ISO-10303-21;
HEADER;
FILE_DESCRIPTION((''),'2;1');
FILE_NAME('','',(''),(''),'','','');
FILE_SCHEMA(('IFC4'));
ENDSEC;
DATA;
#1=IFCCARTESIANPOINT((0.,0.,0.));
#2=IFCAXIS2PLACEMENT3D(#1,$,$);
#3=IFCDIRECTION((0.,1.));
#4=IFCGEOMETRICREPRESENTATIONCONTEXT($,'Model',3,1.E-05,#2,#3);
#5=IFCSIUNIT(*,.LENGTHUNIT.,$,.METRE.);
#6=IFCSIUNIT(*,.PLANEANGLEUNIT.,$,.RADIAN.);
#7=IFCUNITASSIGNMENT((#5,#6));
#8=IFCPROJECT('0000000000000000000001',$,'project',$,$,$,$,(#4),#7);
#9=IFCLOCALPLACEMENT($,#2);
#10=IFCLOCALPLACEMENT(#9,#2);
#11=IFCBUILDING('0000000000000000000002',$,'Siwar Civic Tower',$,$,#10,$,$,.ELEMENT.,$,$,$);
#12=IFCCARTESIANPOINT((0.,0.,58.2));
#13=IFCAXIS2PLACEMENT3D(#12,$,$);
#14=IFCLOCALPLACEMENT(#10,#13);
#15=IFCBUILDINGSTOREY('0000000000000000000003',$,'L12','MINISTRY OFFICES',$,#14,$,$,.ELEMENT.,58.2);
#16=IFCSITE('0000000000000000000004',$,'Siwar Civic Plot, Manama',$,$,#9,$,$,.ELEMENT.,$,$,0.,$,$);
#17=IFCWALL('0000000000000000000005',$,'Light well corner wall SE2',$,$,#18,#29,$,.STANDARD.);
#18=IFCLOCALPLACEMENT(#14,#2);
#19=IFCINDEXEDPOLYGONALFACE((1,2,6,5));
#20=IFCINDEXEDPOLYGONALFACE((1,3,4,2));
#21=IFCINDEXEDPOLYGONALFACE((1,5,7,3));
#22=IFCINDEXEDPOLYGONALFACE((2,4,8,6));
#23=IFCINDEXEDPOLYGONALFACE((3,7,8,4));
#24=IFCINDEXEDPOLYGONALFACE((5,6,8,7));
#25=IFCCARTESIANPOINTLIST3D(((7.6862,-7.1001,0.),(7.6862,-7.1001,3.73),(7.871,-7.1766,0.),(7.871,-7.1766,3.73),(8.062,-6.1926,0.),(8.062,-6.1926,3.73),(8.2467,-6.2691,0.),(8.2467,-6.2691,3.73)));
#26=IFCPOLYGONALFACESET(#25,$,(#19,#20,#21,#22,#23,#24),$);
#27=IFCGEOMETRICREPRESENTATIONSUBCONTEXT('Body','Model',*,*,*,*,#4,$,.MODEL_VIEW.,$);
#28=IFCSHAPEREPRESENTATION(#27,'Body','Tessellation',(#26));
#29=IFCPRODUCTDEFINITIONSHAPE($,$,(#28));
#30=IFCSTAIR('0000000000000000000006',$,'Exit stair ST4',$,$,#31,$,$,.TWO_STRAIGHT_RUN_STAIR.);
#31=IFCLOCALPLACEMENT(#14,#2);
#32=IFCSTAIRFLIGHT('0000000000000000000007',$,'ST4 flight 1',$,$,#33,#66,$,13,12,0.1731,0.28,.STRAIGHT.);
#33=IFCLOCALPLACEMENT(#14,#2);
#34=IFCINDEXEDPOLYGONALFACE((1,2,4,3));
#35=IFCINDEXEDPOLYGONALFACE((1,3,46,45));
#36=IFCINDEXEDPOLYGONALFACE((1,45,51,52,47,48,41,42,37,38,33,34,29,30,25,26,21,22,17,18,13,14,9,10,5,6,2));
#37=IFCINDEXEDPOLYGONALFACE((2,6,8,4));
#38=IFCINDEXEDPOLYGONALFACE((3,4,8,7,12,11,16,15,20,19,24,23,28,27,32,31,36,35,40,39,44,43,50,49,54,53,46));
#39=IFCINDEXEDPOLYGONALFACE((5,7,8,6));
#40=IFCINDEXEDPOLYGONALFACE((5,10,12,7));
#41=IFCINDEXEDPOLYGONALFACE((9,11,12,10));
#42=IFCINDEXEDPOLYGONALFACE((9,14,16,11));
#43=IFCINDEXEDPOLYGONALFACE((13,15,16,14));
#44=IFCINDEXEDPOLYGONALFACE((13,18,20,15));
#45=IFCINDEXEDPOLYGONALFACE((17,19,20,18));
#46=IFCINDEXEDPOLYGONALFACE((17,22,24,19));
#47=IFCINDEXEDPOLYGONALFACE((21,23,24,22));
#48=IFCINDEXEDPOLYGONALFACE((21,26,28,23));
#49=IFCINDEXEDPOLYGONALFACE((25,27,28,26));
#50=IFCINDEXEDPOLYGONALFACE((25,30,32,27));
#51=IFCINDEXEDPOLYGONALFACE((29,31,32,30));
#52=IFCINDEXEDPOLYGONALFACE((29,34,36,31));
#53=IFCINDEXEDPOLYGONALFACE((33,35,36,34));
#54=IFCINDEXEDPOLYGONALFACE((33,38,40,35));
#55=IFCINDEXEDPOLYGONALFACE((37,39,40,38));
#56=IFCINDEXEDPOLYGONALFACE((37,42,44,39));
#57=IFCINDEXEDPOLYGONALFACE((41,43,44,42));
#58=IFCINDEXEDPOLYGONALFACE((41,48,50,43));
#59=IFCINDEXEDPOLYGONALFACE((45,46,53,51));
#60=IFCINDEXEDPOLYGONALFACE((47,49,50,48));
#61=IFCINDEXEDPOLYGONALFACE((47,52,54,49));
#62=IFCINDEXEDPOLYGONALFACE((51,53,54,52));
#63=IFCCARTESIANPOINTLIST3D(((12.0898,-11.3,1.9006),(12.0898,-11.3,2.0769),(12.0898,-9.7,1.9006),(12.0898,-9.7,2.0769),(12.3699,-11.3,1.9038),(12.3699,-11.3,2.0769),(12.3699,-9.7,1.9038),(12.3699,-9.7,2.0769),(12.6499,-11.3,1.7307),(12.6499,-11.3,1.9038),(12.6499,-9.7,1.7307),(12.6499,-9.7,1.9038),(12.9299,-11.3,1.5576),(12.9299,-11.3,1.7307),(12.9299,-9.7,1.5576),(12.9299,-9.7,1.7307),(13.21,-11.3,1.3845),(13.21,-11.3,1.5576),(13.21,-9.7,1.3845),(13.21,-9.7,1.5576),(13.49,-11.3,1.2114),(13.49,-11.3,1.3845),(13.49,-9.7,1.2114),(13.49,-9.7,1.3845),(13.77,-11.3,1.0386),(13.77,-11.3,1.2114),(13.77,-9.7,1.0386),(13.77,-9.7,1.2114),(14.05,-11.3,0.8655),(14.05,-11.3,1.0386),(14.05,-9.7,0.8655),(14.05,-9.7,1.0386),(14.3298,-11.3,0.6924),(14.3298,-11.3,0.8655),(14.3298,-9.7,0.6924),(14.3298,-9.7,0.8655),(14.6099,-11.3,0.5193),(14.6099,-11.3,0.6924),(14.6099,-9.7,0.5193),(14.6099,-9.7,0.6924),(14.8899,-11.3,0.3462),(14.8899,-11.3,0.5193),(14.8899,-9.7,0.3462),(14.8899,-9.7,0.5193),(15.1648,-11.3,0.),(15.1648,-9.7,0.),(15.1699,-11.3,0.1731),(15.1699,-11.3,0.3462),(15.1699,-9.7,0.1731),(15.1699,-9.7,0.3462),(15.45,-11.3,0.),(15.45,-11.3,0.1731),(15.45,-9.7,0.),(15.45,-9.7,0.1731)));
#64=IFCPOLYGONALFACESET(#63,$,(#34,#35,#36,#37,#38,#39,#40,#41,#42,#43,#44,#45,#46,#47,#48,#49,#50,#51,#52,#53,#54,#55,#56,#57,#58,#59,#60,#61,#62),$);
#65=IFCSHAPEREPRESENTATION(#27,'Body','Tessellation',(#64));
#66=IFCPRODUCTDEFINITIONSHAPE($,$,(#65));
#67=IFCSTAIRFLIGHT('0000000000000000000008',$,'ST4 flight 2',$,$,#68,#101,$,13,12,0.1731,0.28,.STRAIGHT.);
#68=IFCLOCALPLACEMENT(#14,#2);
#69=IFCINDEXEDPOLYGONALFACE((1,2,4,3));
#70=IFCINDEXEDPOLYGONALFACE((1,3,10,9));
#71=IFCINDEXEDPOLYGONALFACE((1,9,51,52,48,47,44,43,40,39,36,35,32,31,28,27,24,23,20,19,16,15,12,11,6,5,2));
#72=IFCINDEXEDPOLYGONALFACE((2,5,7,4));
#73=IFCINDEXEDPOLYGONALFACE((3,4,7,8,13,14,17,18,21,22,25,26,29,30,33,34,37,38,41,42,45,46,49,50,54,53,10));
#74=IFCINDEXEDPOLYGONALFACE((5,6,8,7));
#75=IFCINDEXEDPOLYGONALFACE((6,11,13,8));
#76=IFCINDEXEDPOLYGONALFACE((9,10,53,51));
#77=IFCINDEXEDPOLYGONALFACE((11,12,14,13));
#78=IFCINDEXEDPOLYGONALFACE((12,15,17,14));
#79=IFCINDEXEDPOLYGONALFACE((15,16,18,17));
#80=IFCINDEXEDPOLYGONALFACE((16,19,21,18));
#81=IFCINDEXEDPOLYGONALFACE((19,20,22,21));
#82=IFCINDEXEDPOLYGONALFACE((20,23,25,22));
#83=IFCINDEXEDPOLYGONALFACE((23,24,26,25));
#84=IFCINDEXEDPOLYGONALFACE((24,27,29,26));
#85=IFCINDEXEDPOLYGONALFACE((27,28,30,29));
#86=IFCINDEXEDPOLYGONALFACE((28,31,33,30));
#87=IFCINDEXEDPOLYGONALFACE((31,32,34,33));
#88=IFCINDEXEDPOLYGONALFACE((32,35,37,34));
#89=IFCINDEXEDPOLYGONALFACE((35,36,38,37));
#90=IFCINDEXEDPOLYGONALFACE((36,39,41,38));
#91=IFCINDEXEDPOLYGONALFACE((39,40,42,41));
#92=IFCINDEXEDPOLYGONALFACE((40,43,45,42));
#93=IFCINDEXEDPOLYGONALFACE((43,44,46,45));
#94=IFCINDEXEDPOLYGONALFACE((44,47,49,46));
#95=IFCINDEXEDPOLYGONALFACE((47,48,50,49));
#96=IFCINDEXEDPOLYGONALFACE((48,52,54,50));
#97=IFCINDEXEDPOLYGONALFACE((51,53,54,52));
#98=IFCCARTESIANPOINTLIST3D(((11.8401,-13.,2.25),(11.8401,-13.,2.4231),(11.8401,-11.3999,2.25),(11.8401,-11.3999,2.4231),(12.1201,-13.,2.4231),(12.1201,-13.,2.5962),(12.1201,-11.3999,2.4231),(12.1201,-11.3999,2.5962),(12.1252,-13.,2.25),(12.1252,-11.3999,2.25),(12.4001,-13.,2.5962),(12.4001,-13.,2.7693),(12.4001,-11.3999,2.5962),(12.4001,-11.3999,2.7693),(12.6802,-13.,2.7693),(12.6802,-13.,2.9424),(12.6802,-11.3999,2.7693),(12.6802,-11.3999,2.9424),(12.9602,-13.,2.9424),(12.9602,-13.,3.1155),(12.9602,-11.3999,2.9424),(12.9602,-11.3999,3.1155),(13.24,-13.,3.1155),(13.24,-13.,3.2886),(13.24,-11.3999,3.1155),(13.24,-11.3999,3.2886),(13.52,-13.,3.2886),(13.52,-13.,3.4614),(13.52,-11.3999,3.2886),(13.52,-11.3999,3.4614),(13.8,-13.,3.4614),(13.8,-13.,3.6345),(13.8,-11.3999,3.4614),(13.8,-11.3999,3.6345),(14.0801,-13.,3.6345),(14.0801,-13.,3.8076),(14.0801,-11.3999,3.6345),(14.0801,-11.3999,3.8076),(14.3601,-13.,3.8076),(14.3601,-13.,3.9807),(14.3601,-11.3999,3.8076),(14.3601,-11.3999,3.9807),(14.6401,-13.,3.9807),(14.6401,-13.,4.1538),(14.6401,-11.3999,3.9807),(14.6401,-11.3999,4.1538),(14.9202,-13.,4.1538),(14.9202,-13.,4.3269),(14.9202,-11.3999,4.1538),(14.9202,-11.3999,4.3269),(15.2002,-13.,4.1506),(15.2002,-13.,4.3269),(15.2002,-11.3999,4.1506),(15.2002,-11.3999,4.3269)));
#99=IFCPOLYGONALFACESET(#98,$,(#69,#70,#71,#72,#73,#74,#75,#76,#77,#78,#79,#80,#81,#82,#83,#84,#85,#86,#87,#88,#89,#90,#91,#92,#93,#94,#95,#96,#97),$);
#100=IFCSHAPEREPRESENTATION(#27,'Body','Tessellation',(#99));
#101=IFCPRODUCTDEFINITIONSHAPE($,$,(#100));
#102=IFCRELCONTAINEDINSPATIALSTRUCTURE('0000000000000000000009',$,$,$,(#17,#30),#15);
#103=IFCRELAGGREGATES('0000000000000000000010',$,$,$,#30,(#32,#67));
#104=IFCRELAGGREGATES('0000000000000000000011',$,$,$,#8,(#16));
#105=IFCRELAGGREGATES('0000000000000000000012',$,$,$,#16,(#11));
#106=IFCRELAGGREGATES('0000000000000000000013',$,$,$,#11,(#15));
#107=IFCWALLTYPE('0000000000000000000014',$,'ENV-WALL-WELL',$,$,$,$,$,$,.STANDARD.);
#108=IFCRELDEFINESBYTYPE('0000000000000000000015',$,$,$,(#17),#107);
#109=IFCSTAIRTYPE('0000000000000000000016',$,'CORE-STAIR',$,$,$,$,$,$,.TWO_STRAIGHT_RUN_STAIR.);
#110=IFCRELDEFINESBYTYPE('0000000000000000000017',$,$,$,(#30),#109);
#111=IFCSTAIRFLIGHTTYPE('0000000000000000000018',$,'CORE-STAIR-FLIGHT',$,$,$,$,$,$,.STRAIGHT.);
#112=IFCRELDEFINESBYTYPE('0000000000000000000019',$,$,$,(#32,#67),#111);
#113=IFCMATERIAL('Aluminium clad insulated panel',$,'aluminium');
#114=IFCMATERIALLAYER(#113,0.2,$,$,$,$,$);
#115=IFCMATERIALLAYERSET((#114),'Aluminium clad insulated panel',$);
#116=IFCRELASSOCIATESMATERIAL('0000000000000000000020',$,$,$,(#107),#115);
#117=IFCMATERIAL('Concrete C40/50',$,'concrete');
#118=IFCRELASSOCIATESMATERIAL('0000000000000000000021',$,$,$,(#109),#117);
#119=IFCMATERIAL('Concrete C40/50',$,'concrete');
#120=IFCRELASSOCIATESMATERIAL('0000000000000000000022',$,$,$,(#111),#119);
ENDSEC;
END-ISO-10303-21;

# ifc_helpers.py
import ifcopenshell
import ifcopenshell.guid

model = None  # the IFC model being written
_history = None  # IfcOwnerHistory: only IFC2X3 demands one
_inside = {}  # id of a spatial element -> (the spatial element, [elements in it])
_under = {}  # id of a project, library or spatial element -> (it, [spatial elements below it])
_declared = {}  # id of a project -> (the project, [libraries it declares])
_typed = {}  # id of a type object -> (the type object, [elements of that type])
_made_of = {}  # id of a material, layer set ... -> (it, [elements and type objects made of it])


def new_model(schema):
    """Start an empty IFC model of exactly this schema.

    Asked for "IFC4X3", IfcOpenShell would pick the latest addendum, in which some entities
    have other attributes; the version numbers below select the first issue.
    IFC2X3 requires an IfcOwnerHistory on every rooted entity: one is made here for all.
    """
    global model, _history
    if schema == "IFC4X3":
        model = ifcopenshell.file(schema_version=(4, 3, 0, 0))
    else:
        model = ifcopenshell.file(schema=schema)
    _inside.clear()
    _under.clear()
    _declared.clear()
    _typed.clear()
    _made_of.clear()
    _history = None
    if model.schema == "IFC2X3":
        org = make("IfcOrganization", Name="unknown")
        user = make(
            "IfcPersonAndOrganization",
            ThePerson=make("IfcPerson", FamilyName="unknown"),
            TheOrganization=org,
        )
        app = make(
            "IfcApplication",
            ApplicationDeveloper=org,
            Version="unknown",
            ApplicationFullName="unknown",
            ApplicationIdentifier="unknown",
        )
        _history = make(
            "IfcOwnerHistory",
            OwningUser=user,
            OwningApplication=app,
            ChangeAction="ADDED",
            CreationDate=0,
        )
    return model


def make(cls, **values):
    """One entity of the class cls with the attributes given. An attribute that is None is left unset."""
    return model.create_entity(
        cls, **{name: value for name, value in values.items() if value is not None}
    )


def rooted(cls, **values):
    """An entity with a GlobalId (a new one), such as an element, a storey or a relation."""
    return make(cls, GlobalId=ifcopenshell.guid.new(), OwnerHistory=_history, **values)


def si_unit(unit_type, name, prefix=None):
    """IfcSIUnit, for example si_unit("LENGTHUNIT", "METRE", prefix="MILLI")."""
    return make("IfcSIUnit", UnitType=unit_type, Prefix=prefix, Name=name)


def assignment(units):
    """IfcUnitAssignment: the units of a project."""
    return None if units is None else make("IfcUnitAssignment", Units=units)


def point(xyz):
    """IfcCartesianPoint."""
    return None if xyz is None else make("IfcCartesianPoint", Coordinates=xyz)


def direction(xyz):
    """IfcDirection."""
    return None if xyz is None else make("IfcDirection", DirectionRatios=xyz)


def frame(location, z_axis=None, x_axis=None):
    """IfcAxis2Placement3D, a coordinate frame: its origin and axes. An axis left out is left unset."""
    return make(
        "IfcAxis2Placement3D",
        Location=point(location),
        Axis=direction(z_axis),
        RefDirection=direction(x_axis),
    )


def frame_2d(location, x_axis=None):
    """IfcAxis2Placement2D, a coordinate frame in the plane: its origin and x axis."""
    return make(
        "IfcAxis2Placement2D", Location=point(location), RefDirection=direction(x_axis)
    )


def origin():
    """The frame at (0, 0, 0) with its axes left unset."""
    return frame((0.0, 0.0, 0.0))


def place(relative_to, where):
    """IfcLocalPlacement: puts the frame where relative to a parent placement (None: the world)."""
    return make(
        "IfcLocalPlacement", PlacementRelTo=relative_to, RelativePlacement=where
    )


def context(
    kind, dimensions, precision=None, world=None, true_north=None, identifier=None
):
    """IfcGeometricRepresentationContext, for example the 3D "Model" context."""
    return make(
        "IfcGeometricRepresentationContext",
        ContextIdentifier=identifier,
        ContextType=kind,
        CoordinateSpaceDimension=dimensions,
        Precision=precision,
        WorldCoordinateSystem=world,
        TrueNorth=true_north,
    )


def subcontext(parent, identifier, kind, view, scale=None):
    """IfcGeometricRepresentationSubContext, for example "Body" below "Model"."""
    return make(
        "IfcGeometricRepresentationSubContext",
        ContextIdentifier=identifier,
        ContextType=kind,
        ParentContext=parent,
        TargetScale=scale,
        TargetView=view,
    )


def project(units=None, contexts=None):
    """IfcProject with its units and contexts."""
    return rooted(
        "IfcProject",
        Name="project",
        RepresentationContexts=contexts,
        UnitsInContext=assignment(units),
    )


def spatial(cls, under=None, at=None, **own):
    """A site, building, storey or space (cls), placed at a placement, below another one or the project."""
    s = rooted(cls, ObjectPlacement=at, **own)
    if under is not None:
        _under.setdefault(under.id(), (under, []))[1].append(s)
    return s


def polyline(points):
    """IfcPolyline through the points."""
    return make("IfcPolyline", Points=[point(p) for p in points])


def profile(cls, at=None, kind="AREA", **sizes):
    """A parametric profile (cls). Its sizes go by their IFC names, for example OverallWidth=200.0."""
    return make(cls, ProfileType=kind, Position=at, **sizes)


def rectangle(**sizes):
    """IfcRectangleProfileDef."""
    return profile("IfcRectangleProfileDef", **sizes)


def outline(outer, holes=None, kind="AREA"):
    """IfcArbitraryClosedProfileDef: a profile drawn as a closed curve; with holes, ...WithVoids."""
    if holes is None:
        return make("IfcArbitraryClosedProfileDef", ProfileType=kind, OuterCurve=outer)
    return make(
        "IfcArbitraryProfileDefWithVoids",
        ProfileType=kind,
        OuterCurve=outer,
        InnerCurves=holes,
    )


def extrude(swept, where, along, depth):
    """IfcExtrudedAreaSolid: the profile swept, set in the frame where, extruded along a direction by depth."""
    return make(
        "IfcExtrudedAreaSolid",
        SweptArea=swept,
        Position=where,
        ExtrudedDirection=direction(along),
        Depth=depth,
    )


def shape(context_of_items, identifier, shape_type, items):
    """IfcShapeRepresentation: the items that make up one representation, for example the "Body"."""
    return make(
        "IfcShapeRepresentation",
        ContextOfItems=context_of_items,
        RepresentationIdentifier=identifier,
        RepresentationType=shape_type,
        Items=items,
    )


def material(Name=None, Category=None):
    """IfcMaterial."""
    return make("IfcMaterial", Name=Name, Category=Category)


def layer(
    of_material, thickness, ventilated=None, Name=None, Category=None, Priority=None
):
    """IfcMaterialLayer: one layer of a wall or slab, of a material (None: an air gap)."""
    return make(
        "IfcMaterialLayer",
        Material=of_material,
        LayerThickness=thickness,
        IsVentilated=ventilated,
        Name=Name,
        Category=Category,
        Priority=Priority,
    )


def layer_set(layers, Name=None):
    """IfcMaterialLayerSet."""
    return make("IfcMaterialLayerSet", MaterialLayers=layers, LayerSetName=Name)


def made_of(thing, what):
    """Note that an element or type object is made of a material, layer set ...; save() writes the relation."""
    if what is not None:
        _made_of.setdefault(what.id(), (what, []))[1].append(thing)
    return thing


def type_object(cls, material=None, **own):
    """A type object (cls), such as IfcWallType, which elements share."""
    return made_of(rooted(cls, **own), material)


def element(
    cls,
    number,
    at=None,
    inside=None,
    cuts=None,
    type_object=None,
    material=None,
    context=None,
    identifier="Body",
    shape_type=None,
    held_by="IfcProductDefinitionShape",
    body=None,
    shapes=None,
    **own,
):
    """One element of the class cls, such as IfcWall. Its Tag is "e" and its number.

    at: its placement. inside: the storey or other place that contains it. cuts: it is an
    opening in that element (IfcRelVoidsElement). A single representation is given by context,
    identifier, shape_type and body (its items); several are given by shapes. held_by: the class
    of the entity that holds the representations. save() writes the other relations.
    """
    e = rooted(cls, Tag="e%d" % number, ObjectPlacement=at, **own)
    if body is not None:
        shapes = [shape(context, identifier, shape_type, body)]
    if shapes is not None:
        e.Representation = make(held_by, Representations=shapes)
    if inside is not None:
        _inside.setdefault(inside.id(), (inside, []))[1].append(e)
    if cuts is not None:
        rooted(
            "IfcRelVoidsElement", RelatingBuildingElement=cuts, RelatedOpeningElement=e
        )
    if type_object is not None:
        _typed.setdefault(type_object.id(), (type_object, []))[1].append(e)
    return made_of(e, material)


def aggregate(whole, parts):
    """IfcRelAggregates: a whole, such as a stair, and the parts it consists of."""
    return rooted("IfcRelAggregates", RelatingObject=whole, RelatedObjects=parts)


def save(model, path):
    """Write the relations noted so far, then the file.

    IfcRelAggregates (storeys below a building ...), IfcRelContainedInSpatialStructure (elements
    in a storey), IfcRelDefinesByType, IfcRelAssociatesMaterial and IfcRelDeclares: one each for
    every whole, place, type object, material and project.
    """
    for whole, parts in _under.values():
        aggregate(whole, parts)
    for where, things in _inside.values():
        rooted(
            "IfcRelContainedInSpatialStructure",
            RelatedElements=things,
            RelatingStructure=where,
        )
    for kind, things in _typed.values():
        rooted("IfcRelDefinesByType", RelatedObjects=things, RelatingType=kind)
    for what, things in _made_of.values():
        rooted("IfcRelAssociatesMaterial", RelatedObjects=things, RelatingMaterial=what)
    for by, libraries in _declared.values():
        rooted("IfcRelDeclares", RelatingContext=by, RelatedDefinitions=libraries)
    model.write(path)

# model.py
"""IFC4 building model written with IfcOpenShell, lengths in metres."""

from ifc_helpers import new_model, si_unit, direction, frame, frame_2d, origin, place, context, subcontext, project, spatial, polyline, rectangle, outline, extrude, material, layer, layer_set, type_object, element, aggregate, save


model = new_model("IFC4")

# Units and contexts
model_context = context("Model", 3, precision=1e-05, world=origin(), true_north=direction((0.0, 1.0)))
body_context = subcontext(model_context, "Body", "Model", "MODEL_VIEW")
ifc_project = project(units=[si_unit("LENGTHUNIT", "METRE"), si_unit("PLANEANGLEUNIT", "RADIAN")], contexts=[model_context])

# Site, building, storey
site_placement = place(None, origin())
site = spatial("IfcSite", under=ifc_project, at=site_placement, Name="Siwar Civic Plot, Manama", CompositionType="ELEMENT", RefElevation=0.0)
building_placement = place(site_placement, origin())
building = spatial("IfcBuilding", under=site, at=building_placement, Name="Siwar Civic Tower", CompositionType="ELEMENT")
storey_placement = place(building_placement, frame((0.0, 0.0, 58.2)))
storey = spatial("IfcBuildingStorey", under=building, at=storey_placement, Name="L12", Description="MINISTRY OFFICES", CompositionType="ELEMENT", Elevation=58.2)

# Wall
ifc_material_1 = material(Name="Aluminium clad insulated panel", Category="aluminium")
ifc_layer_1 = layer(ifc_material_1, 0.2)
ifc_layer_set_1 = layer_set([ifc_layer_1], Name="Aluminium clad insulated panel")
wall_type_1 = type_object("IfcWallType", Name="ENV-WALL-WELL", PredefinedType="STANDARD", material=ifc_layer_set_1)
wall_1_placement = place(storey_placement, frame((7.7786, -7.1384, 0.0), z_axis=(0.0, 0.0, 1.0), x_axis=(0.382549, 0.923935, 0.0)))
element("IfcWall", 1, at=wall_1_placement, inside=storey, type_object=wall_type_1, Name="Light well corner wall SE2", PredefinedType="STANDARD", context=body_context, shape_type="SweptSolid", body=[
    extrude(rectangle(XDim=0.9822, YDim=0.2, at=frame_2d((0.4912, 0.0))), origin(), (0.0, 0.0, 1.0), 3.73),
])

# Stair, stair flights
ifc_material_2 = material(Name="Concrete C40/50", Category="concrete")
stair_type = type_object("IfcStairType", Name="CORE-STAIR", PredefinedType="TWO_STRAIGHT_RUN_STAIR", material=ifc_material_2)
stair_placement = place(storey_placement, origin())
stair = element("IfcStair", 2, at=stair_placement, inside=storey, type_object=stair_type, Name="Exit stair ST4", PredefinedType="TWO_STRAIGHT_RUN_STAIR")
ifc_material_3 = material(Name="Concrete C40/50", Category="concrete")
stair_flight_type = type_object("IfcStairFlightType", Name="CORE-STAIR-FLIGHT", PredefinedType="STRAIGHT", material=ifc_material_3)
stair_flight_1_placement = place(storey_placement, frame((15.45, -10.5, 0.0), z_axis=(0.0, 0.0, 1.0), x_axis=(-1.0, 0.0, 0.0)))
stair_flight_1 = element("IfcStairFlight", 3, at=stair_flight_1_placement, type_object=stair_flight_type, Name="ST4 flight 1", NumberOfRisers=13, NumberOfTreads=12, PredefinedType="STRAIGHT", RiserHeight=0.1731, TreadLength=0.28, context=body_context, shape_type="SweptSolid", body=[
    extrude(outline(polyline([(0.0, 0.0), (0.0, 0.1731), (0.28, 0.1731), (0.28, 0.3462), (0.5601, 0.3462), (0.5601, 0.5193), (0.8401, 0.5193), (0.8401, 0.6924), (1.1201, 0.6924), (1.1201, 0.8655), (1.3999, 0.8655), (1.3999, 1.0386), (1.6799, 1.0386), (1.6799, 1.2114), (1.96, 1.2114), (1.96, 1.3845), (2.24, 1.3845), (2.24, 1.5576), (2.52, 1.5576), (2.52, 1.7307), (2.8, 1.7307), (2.8, 1.9038), (3.0801, 1.9038), (3.0801, 2.0769), (3.3601, 2.0769), (3.3601, 2.25), (3.3601, 1.9006), (0.2852, 0.0), (0.0, 0.0)])), frame((0.0, 0.8, 0.0), z_axis=(0.0, -1.0, 0.0), x_axis=(1.0, 0.0, 0.0)), (0.0, 0.0, 1.0), 1.6001),
])
stair_flight_2_placement = place(storey_placement, frame((11.8401, -12.2, 2.25), z_axis=(0.0, 0.0, 1.0), x_axis=(1.0, 0.0, 0.0)))
stair_flight_2 = element("IfcStairFlight", 4, at=stair_flight_2_placement, type_object=stair_flight_type, Name="ST4 flight 2", NumberOfRisers=13, NumberOfTreads=12, PredefinedType="STRAIGHT", RiserHeight=0.1731, TreadLength=0.28, context=body_context, shape_type="SweptSolid", body=[
    extrude(outline(polyline([(0.0, 0.0), (0.0, 0.1731), (0.28, 0.1731), (0.28, 0.3462), (0.5601, 0.3462), (0.5601, 0.5193), (0.8401, 0.5193), (0.8401, 0.6924), (1.1201, 0.6924), (1.1201, 0.8655), (1.3999, 0.8655), (1.3999, 1.0386), (1.6799, 1.0386), (1.6799, 1.2114), (1.96, 1.2114), (1.96, 1.3845), (2.24, 1.3845), (2.24, 1.5576), (2.52, 1.5576), (2.52, 1.7307), (2.8, 1.7307), (2.8, 1.9038), (3.0801, 1.9038), (3.0801, 2.0769), (3.3601, 2.0769), (3.3601, 2.25), (3.3601, 1.9006), (0.2852, 0.0), (0.0, 0.0)])), frame((0.0, 0.8, 0.0), z_axis=(0.0, -1.0, 0.0), x_axis=(1.0, 0.0, 0.0)), (0.0, 0.0, 1.0), 1.6001),
])
aggregate(stair, [stair_flight_1, stair_flight_2])

save(model, "model.ifc")
